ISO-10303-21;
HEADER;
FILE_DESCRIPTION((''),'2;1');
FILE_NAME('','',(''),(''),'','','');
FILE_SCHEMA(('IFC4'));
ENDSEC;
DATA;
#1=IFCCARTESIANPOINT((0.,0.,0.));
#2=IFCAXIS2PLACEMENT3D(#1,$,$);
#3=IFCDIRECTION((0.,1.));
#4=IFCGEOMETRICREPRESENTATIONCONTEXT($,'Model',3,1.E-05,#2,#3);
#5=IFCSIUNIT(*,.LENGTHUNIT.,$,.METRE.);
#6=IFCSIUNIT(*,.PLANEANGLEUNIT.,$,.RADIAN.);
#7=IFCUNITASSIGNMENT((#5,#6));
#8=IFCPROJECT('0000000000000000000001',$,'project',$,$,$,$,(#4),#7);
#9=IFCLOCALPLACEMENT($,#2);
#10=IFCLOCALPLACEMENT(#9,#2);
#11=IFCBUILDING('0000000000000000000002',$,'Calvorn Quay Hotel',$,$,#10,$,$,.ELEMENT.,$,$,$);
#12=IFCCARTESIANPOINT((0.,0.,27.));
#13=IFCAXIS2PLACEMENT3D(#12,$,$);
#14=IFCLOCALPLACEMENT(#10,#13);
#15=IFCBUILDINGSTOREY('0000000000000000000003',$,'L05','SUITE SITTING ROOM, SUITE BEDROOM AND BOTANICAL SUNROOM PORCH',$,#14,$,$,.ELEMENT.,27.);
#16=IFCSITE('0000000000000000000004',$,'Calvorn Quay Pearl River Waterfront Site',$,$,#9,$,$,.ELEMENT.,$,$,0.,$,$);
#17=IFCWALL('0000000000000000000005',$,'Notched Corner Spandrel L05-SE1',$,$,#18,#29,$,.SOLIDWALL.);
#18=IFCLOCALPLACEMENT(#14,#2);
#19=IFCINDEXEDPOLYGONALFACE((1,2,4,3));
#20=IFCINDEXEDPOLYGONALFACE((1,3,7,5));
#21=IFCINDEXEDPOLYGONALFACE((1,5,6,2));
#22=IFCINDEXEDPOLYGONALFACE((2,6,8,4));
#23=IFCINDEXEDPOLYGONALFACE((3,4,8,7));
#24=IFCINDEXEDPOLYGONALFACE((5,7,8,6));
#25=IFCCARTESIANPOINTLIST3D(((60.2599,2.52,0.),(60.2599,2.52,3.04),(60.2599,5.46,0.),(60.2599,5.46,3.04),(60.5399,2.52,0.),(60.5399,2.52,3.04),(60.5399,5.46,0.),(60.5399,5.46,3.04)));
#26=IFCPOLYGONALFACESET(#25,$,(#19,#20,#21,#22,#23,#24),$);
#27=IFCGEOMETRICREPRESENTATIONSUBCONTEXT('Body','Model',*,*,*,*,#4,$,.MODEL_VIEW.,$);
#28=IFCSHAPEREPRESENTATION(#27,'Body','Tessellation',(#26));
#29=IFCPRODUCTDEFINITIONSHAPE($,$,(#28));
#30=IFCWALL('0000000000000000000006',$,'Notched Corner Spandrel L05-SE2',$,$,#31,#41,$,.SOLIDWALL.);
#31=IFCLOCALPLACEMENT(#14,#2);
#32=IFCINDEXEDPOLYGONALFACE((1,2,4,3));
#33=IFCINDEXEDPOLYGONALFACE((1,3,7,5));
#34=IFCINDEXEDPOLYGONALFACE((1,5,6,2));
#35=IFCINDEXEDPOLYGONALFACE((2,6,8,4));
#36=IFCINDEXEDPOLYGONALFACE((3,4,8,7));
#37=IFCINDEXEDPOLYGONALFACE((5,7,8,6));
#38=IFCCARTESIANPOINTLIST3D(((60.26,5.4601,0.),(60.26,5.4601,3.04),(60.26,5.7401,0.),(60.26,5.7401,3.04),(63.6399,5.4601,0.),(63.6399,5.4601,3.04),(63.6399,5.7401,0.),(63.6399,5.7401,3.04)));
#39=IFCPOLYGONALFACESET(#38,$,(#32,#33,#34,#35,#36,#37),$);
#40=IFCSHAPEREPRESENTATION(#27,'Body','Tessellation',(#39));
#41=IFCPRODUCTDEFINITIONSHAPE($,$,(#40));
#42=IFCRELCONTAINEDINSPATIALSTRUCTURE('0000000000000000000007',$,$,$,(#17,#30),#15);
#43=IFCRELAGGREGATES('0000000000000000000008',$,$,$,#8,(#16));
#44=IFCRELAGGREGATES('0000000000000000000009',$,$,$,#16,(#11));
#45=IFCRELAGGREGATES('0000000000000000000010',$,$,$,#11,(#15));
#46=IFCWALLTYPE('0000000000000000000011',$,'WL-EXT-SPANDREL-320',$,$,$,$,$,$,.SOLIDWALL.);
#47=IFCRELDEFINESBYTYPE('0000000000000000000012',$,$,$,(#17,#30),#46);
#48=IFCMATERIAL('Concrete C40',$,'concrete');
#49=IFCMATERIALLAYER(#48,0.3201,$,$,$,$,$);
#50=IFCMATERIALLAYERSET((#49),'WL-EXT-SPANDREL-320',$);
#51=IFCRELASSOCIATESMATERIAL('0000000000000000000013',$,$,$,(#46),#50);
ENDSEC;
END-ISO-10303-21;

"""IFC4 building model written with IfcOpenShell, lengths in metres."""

from ifc_helpers import new_model, si_unit, direction, frame, frame_2d, origin, place, context, subcontext, project, spatial, rectangle, extrude, material, layer, layer_set, type_object, element, save


model = new_model("IFC4")

# Units and contexts
model_context = context("Model", 3, precision=1e-05, world=origin(), true_north=direction((0.0, 1.0)))
body_context = subcontext(model_context, "Body", "Model", "MODEL_VIEW")
ifc_project = project(units=[si_unit("LENGTHUNIT", "METRE"), si_unit("PLANEANGLEUNIT", "RADIAN")], contexts=[model_context])

# Site, building, storey
site_placement = place(None, origin())
site = spatial("IfcSite", under=ifc_project, at=site_placement, Name="Calvorn Quay Pearl River Waterfront Site", CompositionType="ELEMENT", RefElevation=0.0)
building_placement = place(site_placement, origin())
building = spatial("IfcBuilding", under=site, at=building_placement, Name="Calvorn Quay Hotel", CompositionType="ELEMENT")
storey_placement = place(building_placement, frame((0.0, 0.0, 27.0)))
storey = spatial("IfcBuildingStorey", under=building, at=storey_placement, Name="L05", Description="SUITE SITTING ROOM, SUITE BEDROOM AND BOTANICAL SUNROOM PORCH", CompositionType="ELEMENT", Elevation=27.0)

# Walls
ifc_material_1 = material(Name="Concrete C40", Category="concrete")
ifc_layer_1 = layer(ifc_material_1, 0.3201)
ifc_layer_set_1 = layer_set([ifc_layer_1], Name="WL-EXT-SPANDREL-320")
wall_type_1 = type_object("IfcWallType", Name="WL-EXT-SPANDREL-320", PredefinedType="SOLIDWALL", material=ifc_layer_set_1)
wall_1_placement = place(storey_placement, frame((60.3999, 2.52, 0.0), z_axis=(0.0, 0.0, 1.0), x_axis=(0.0, 1.0, 0.0)))
element("IfcWall", 1, at=wall_1_placement, inside=storey, type_object=wall_type_1, Name="Notched Corner Spandrel L05-SE1", PredefinedType="SOLIDWALL", context=body_context, shape_type="SweptSolid", body=[
    extrude(rectangle(XDim=2.9399, YDim=0.28, at=frame_2d((1.47, 0.0))), origin(), (0.0, 0.0, 1.0), 3.04),
])
wall_2_placement = place(storey_placement, frame((60.26, 5.6001, 0.0), z_axis=(0.0, 0.0, 1.0), x_axis=(1.0, 0.0, 0.0)))
element("IfcWall", 2, at=wall_2_placement, inside=storey, type_object=wall_type_1, Name="Notched Corner Spandrel L05-SE2", PredefinedType="SOLIDWALL", context=body_context, shape_type="SweptSolid", body=[
    extrude(rectangle(XDim=3.3799, YDim=0.28, at=frame_2d((1.6899, 0.0))), origin(), (0.0, 0.0, 1.0), 3.04),
])

save(model, "model.ifc")
